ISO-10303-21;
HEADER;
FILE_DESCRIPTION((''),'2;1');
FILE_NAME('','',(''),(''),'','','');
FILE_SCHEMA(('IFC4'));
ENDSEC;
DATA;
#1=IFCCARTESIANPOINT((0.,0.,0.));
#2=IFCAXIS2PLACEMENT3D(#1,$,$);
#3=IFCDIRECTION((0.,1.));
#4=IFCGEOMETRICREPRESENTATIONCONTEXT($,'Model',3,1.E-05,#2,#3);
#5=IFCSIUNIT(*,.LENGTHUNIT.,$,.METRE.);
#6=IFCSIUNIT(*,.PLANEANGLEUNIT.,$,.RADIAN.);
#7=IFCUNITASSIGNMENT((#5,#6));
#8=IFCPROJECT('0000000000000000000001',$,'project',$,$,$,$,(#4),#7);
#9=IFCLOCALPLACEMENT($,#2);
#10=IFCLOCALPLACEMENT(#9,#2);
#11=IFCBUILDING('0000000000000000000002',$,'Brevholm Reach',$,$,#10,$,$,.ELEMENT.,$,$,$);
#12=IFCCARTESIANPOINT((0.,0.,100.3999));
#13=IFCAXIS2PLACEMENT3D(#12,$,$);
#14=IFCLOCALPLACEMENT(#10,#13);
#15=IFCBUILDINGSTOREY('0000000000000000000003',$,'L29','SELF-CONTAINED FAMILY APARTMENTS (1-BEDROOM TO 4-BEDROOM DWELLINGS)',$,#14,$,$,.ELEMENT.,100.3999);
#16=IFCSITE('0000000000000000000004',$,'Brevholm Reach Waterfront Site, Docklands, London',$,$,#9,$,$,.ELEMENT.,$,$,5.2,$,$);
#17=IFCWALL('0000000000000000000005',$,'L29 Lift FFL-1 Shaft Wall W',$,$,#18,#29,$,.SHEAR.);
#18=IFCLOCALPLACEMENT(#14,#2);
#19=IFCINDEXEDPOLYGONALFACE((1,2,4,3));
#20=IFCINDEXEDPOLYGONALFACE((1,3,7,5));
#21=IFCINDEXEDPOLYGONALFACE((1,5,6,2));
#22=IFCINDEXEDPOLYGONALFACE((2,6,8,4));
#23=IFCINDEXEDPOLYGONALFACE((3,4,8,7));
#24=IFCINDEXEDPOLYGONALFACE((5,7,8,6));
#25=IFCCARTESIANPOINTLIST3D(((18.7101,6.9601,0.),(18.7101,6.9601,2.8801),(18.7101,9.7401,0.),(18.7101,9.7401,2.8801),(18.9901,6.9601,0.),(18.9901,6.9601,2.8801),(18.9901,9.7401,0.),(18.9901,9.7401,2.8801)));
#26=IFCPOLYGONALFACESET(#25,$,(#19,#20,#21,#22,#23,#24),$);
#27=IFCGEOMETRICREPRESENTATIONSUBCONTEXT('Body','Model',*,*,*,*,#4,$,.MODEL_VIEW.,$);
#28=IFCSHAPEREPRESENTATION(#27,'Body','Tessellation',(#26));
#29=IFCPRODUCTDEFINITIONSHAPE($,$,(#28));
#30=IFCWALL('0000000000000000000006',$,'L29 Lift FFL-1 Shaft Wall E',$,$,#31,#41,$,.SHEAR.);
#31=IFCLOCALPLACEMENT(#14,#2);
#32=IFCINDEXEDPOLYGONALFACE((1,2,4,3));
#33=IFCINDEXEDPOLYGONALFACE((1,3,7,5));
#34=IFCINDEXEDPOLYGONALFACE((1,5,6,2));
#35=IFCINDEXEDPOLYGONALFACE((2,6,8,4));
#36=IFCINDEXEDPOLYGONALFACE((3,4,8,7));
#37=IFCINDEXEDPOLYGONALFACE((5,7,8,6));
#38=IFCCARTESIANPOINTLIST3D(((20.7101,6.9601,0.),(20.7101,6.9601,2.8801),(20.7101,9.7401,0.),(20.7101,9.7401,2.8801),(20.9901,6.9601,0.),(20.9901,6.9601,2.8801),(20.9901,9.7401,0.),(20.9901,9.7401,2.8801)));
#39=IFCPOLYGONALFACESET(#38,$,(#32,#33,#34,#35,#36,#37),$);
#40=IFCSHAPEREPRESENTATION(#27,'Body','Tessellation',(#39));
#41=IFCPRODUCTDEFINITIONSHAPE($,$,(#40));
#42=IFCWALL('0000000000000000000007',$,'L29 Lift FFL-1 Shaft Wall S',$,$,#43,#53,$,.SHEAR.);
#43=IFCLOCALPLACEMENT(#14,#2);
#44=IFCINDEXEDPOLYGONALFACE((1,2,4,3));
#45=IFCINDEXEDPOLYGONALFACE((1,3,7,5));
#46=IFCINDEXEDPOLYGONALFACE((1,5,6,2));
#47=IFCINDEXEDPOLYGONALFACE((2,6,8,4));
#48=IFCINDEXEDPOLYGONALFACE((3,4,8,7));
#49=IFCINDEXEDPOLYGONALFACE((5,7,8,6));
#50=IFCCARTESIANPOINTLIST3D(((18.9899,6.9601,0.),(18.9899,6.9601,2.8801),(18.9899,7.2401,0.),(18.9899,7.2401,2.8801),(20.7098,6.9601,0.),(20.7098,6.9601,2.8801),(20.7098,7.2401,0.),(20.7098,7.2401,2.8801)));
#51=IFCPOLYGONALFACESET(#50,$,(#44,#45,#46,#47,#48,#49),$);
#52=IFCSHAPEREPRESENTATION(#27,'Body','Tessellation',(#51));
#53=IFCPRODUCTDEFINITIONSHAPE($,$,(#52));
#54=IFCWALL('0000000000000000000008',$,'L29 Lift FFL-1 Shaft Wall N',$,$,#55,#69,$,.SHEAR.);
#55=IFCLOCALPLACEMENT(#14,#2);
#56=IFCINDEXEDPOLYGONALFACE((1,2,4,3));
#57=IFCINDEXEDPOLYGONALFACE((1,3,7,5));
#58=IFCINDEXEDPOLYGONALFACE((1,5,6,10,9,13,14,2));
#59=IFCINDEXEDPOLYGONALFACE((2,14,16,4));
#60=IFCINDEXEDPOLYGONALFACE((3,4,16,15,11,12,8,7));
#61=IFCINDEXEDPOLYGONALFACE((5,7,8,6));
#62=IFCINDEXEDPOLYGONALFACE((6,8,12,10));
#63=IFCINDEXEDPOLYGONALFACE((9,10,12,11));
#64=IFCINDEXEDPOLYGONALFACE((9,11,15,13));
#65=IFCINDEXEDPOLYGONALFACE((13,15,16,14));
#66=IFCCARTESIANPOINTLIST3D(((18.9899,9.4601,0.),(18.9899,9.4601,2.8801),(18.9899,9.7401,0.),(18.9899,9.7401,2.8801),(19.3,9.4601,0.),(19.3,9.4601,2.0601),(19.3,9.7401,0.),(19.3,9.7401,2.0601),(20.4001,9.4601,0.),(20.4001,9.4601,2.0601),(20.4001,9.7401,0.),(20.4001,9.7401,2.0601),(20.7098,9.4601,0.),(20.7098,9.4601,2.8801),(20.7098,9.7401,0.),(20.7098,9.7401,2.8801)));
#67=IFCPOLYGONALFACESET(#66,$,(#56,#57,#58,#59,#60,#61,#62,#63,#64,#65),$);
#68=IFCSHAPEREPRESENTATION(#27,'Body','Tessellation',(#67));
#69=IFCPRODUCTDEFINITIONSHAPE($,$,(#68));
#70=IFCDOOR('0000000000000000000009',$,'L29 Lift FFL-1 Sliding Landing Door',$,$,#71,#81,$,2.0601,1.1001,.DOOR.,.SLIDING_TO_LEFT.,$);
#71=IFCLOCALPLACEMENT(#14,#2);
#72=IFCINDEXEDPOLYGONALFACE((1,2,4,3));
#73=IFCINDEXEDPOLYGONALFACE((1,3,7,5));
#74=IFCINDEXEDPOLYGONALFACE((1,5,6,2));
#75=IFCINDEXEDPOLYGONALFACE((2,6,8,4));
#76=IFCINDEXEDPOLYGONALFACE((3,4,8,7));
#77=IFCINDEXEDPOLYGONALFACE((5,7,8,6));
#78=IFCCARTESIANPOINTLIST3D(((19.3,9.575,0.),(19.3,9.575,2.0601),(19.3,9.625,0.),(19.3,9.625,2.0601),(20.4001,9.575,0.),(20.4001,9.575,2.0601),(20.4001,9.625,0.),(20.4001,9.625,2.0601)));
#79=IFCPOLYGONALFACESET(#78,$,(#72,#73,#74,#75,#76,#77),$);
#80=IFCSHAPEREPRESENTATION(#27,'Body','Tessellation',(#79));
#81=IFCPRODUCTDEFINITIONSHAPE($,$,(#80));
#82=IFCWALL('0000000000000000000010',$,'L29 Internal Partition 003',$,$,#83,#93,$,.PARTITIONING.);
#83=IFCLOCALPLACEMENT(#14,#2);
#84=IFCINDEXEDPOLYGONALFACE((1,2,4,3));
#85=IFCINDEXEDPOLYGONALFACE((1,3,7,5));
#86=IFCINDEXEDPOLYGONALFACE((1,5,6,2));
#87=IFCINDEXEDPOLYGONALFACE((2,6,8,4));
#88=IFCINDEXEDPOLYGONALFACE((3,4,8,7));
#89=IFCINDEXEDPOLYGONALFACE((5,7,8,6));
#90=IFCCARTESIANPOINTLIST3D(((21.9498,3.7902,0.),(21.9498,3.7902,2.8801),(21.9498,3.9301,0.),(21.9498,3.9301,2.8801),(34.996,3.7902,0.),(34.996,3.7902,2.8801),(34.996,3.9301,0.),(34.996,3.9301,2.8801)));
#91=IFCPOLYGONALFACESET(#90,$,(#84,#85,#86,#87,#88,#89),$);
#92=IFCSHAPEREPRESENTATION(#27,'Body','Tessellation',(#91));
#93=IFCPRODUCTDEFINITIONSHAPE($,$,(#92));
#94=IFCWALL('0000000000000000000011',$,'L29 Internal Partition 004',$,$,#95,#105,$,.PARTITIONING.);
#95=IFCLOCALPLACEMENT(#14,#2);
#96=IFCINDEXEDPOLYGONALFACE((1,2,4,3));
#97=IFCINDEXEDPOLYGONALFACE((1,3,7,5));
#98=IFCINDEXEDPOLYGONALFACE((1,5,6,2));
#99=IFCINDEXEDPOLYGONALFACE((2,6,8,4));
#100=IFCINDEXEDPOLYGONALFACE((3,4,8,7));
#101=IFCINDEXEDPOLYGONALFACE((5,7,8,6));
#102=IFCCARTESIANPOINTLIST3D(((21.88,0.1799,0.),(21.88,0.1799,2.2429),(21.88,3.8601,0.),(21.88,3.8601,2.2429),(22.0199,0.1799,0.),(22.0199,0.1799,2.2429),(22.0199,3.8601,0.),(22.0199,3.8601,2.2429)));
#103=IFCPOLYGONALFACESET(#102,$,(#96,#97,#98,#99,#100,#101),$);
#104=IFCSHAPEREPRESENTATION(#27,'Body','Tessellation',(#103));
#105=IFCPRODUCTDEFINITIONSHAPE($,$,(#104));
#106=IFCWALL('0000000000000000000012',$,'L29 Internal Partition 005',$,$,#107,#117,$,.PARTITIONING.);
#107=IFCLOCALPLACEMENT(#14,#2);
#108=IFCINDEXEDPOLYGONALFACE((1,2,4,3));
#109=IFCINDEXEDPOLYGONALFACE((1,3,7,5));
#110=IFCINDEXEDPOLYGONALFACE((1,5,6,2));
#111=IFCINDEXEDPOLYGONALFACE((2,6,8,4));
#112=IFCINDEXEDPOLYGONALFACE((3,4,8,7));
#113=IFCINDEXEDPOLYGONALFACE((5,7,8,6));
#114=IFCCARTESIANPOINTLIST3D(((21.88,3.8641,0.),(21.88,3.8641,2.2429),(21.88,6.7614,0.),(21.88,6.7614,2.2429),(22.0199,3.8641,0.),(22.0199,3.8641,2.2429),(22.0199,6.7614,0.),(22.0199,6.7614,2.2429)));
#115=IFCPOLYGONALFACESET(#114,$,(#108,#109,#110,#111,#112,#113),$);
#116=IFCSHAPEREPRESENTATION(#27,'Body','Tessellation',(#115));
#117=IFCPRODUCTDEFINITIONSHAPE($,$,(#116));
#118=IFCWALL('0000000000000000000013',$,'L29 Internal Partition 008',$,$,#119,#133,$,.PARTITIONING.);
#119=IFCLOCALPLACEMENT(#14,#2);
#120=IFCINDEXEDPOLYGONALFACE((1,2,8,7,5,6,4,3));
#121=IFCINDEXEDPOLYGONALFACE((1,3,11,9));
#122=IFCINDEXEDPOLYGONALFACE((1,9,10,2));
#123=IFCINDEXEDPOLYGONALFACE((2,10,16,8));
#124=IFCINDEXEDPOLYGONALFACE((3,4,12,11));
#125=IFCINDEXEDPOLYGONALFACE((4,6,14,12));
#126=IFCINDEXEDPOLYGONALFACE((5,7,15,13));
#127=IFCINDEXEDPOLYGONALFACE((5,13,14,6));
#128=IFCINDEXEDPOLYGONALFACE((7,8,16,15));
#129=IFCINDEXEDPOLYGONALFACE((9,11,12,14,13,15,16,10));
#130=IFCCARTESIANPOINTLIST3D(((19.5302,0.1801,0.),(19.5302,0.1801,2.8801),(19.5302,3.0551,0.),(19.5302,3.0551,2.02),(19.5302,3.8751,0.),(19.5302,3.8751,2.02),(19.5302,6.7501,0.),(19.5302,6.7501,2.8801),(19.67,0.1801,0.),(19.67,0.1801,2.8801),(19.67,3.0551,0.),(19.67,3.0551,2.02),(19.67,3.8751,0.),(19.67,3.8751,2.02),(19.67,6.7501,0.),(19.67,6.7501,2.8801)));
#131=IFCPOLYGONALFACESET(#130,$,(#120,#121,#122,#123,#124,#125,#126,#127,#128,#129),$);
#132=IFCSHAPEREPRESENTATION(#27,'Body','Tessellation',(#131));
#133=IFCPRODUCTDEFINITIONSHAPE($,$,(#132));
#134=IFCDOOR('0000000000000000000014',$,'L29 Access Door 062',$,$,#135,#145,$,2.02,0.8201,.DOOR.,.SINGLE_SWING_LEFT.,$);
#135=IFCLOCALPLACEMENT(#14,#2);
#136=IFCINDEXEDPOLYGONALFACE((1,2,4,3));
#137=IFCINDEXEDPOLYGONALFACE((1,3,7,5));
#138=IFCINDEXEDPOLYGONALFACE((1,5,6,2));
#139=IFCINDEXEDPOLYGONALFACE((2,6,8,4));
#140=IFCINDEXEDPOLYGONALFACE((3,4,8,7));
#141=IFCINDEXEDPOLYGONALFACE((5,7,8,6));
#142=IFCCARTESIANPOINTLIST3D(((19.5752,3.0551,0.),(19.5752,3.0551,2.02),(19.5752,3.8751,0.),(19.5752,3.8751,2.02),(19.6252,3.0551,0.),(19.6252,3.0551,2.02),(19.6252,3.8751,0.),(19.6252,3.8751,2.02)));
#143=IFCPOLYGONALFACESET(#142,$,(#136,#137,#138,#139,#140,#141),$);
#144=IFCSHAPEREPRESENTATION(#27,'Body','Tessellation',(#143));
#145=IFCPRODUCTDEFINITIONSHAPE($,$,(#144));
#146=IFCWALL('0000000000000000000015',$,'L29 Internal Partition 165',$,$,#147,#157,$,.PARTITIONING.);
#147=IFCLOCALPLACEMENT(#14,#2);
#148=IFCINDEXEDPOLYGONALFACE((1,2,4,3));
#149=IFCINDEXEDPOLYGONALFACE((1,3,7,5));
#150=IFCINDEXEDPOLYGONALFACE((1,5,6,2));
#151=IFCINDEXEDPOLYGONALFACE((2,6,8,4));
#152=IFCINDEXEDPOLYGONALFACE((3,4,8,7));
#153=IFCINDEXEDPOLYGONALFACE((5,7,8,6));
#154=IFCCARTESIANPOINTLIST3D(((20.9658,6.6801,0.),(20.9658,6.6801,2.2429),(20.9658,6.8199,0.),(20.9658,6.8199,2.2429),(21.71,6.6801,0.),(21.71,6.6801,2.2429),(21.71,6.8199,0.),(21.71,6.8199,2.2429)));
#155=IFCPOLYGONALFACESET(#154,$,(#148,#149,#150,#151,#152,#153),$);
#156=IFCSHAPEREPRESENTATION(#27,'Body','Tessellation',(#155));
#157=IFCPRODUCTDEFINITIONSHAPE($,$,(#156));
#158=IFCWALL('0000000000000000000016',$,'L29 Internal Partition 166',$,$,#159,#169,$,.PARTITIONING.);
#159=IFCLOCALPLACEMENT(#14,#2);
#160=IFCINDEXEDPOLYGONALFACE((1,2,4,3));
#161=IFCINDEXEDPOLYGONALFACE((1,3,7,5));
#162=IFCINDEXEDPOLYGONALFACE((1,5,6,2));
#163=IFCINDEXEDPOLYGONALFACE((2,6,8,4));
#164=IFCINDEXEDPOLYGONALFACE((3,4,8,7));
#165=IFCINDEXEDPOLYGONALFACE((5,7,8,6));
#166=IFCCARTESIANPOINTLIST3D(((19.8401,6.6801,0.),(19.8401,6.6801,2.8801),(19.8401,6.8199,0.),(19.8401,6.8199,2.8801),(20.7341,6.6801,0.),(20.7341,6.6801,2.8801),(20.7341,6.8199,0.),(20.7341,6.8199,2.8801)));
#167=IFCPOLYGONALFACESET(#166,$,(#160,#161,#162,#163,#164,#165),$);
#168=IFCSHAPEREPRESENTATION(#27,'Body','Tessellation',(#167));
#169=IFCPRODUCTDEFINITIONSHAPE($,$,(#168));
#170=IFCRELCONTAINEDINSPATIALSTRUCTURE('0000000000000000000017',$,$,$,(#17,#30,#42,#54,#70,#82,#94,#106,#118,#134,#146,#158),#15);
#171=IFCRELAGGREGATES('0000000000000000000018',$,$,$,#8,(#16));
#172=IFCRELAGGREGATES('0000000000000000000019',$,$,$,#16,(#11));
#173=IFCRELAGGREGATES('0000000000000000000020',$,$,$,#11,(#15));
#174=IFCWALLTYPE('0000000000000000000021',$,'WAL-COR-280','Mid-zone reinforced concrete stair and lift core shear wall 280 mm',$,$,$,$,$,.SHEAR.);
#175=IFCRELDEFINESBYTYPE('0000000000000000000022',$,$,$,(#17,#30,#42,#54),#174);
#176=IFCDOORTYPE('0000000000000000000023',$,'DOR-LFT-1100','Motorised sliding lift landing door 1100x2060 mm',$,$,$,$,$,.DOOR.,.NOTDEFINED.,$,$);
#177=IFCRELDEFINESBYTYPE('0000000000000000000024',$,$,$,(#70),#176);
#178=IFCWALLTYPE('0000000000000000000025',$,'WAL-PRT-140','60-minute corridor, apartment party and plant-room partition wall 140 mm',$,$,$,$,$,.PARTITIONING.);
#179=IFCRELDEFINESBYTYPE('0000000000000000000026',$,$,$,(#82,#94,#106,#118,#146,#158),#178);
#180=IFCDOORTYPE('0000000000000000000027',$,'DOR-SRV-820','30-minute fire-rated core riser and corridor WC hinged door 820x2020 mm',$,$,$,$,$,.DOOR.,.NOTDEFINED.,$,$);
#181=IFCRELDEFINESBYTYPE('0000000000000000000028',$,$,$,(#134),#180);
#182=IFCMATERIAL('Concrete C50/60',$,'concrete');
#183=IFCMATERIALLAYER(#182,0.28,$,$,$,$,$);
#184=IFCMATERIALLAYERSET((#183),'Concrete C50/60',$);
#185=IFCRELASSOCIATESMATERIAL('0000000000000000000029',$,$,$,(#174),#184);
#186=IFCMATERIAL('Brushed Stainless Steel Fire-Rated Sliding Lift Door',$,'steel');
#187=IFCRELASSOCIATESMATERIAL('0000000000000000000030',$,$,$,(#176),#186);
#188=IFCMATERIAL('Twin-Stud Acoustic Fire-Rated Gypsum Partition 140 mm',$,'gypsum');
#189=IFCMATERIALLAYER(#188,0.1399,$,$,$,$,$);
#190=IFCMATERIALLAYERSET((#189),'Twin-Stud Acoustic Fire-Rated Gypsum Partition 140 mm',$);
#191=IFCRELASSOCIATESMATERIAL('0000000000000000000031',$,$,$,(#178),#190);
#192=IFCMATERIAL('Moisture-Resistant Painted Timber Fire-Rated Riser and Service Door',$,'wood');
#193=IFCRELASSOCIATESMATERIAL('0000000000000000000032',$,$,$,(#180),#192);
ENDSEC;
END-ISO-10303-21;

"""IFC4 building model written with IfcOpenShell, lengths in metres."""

from ifc_helpers import new_model, si_unit, direction, frame, frame_2d, origin, place, context, subcontext, project, spatial, rectangle, extrude, material, layer, layer_set, type_object, element, fill, save


model = new_model("IFC4")

# Units and contexts
model_context = context("Model", 3, precision=1e-05, world=origin(), true_north=direction((0.0, 1.0)))
body_context = subcontext(model_context, "Body", "Model", "MODEL_VIEW")
ifc_project = project(units=[si_unit("LENGTHUNIT", "METRE"), si_unit("PLANEANGLEUNIT", "RADIAN")], contexts=[model_context])

# Site, building, storey
site_placement = place(None, origin())
site = spatial("IfcSite", under=ifc_project, at=site_placement, Name="Brevholm Reach Waterfront Site, Docklands, London", CompositionType="ELEMENT", RefElevation=5.2)
building_placement = place(site_placement, origin())
building = spatial("IfcBuilding", under=site, at=building_placement, Name="Brevholm Reach", CompositionType="ELEMENT")
storey_placement = place(building_placement, frame((0.0, 0.0, 100.3999)))
storey = spatial("IfcBuildingStorey", under=building, at=storey_placement, Name="L29", Description="SELF-CONTAINED FAMILY APARTMENTS (1-BEDROOM TO 4-BEDROOM DWELLINGS)", CompositionType="ELEMENT", Elevation=100.3999)

# Walls
ifc_material_1 = material(Name="Concrete C50/60", Category="concrete")
ifc_layer_1 = layer(ifc_material_1, 0.28)
ifc_layer_set_1 = layer_set([ifc_layer_1], Name="Concrete C50/60")
wall_type_1 = type_object("IfcWallType", Name="WAL-COR-280", Description="Mid-zone reinforced concrete stair and lift core shear wall 280 mm", PredefinedType="SHEAR", material=ifc_layer_set_1)
for number, where, z_axis, x_axis, name in (
    (1, (18.8501, 6.96, 0.0), (0.0, 0.0, 1.0), (0.0, 1.0, 0.0), "L29 Lift FFL-1 Shaft Wall W"),
    (2, (20.8501, 6.96, 0.0), (0.0, 0.0, 1.0), (0.0, 1.0, 0.0), "L29 Lift FFL-1 Shaft Wall E"),
):
    element("IfcWall", number, at=place(storey_placement, frame(where, z_axis=z_axis, x_axis=x_axis)), inside=storey, type_object=wall_type_1, Name=name, PredefinedType="SHEAR", context=body_context, shape_type="SweptSolid", body=[
        extrude(rectangle(XDim=2.78, YDim=0.28, at=frame_2d((1.3901, 0.0))), origin(), (0.0, 0.0, 1.0), 2.8801),
    ])
wall_1_placement = place(storey_placement, frame((18.99, 7.1001, 0.0), z_axis=(0.0, 0.0, 1.0), x_axis=(1.0, 0.0, 0.0)))
element("IfcWall", 3, at=wall_1_placement, inside=storey, type_object=wall_type_1, Name="L29 Lift FFL-1 Shaft Wall S", PredefinedType="SHEAR", context=body_context, shape_type="SweptSolid", body=[
    extrude(rectangle(XDim=1.72, YDim=0.28, at=frame_2d((0.8599, 0.0))), origin(), (0.0, 0.0, 1.0), 2.8801),
])

# Wall, opening, door
wall_2_placement = place(storey_placement, frame((18.99, 9.6001, 0.0), z_axis=(0.0, 0.0, 1.0), x_axis=(1.0, 0.0, 0.0)))
wall_2 = element("IfcWall", 4, at=wall_2_placement, inside=storey, type_object=wall_type_1, Name="L29 Lift FFL-1 Shaft Wall N", PredefinedType="SHEAR", context=body_context, shape_type="SweptSolid", body=[
    extrude(rectangle(XDim=1.72, YDim=0.28, at=frame_2d((0.8599, 0.0))), origin(), (0.0, 0.0, 1.0), 2.8801),
])
opening_1_placement = place(wall_2_placement, frame((0.3101, 0.0, 0.0)))
opening_1 = element("IfcOpeningElement", 5, at=opening_1_placement, cuts=wall_2, PredefinedType="OPENING", context=body_context, shape_type="SweptSolid", body=[
    extrude(rectangle(XDim=1.1001, YDim=2.0601, at=frame_2d((0.55, 1.03))), frame((0.0, 0.1499, 0.0), z_axis=(0.0, -1.0, 0.0), x_axis=(1.0, 0.0, 0.0)), (0.0, 0.0, 1.0), 0.3),
])
ifc_material_2 = material(Name="Brushed Stainless Steel Fire-Rated Sliding Lift Door", Category="steel")
door_type_1 = type_object("IfcDoorType", Name="DOR-LFT-1100", Description="Motorised sliding lift landing door 1100x2060 mm", OperationType="NOTDEFINED", PredefinedType="DOOR", material=ifc_material_2)
door_1_placement = place(opening_1_placement, origin())
door_1 = element("IfcDoor", 6, at=door_1_placement, inside=storey, type_object=door_type_1, Name="L29 Lift FFL-1 Sliding Landing Door", OperationType="SLIDING_TO_LEFT", OverallHeight=2.0601, OverallWidth=1.1001, PredefinedType="DOOR", context=body_context, shape_type="SweptSolid", body=[
    extrude(rectangle(XDim=1.1001, YDim=2.0601, at=frame_2d((0.55, 1.03))), frame((0.0, 0.0249, 0.0), z_axis=(0.0, -1.0, 0.0), x_axis=(1.0, 0.0, 0.0)), (0.0, 0.0, 1.0), 0.05),
])
fill(opening_1, door_1)

# Walls
ifc_material_3 = material(Name="Twin-Stud Acoustic Fire-Rated Gypsum Partition 140 mm", Category="gypsum")
ifc_layer_2 = layer(ifc_material_3, 0.1399)
ifc_layer_set_2 = layer_set([ifc_layer_2], Name="Twin-Stud Acoustic Fire-Rated Gypsum Partition 140 mm")
wall_type_2 = type_object("IfcWallType", Name="WAL-PRT-140", Description="60-minute corridor, apartment party and plant-room partition wall 140 mm", PredefinedType="PARTITIONING", material=ifc_layer_set_2)
wall_3_placement = place(storey_placement, frame((21.95, 3.8601, 0.0), z_axis=(0.0, 0.0, 1.0), x_axis=(1.0, 0.0, 0.0)))
element("IfcWall", 7, at=wall_3_placement, inside=storey, type_object=wall_type_2, Name="L29 Internal Partition 003", PredefinedType="PARTITIONING", context=body_context, shape_type="SweptSolid", body=[
    extrude(rectangle(XDim=13.0461, YDim=0.1399, at=frame_2d((6.5229, 0.0))), origin(), (0.0, 0.0, 1.0), 2.8801),
])
wall_4_placement = place(storey_placement, frame((21.95, 0.1799, 0.0), z_axis=(0.0, 0.0, 1.0), x_axis=(0.0, 1.0, 0.0)))
element("IfcWall", 8, at=wall_4_placement, inside=storey, type_object=wall_type_2, Name="L29 Internal Partition 004", PredefinedType="PARTITIONING", context=body_context, shape_type="SweptSolid", body=[
    extrude(rectangle(XDim=3.6802, YDim=0.1399, at=frame_2d((1.8401, 0.0))), origin(), (0.0, 0.0, 1.0), 2.2429),
])
wall_5_placement = place(storey_placement, frame((21.95, 3.864, 0.0), z_axis=(0.0, 0.0, 1.0), x_axis=(0.0, 1.0, 0.0)))
element("IfcWall", 9, at=wall_5_placement, inside=storey, type_object=wall_type_2, Name="L29 Internal Partition 005", PredefinedType="PARTITIONING", context=body_context, shape_type="SweptSolid", body=[
    extrude(rectangle(XDim=2.8972, YDim=0.1399, at=frame_2d((1.4487, 0.0))), origin(), (0.0, 0.0, 1.0), 2.2429),
])

# Wall, opening, door
wall_6_placement = place(storey_placement, frame((19.6001, 0.1799, 0.0), z_axis=(0.0, 0.0, 1.0), x_axis=(0.0, 1.0, 0.0)))
wall_6 = element("IfcWall", 10, at=wall_6_placement, inside=storey, type_object=wall_type_2, Name="L29 Internal Partition 008", PredefinedType="PARTITIONING", context=body_context, shape_type="SweptSolid", body=[
    extrude(rectangle(XDim=6.5701, YDim=0.1399, at=frame_2d((3.2852, 0.0))), origin(), (0.0, 0.0, 1.0), 2.8801),
])
opening_2_placement = place(wall_6_placement, frame((2.875, 0.0, 0.0)))
opening_2 = element("IfcOpeningElement", 11, at=opening_2_placement, cuts=wall_6, PredefinedType="OPENING", context=body_context, shape_type="SweptSolid", body=[
    extrude(rectangle(XDim=0.8201, YDim=2.02, at=frame_2d((0.4102, 1.01))), frame((0.0, 0.0798, 0.0), z_axis=(0.0, -1.0, 0.0), x_axis=(1.0, 0.0, 0.0)), (0.0, 0.0, 1.0), 0.1599),
])
ifc_material_4 = material(Name="Moisture-Resistant Painted Timber Fire-Rated Riser and Service Door", Category="wood")
door_type_2 = type_object("IfcDoorType", Name="DOR-SRV-820", Description="30-minute fire-rated core riser and corridor WC hinged door 820x2020 mm", OperationType="NOTDEFINED", PredefinedType="DOOR", material=ifc_material_4)
door_2_placement = place(opening_2_placement, origin())
door_2 = element("IfcDoor", 12, at=door_2_placement, inside=storey, type_object=door_type_2, Name="L29 Access Door 062", OperationType="SINGLE_SWING_LEFT", OverallHeight=2.02, OverallWidth=0.8201, PredefinedType="DOOR", context=body_context, shape_type="SweptSolid", body=[
    extrude(rectangle(XDim=0.8201, YDim=2.02, at=frame_2d((0.4102, 1.01))), frame((0.0, 0.0249, 0.0), z_axis=(0.0, -1.0, 0.0), x_axis=(1.0, 0.0, 0.0)), (0.0, 0.0, 1.0), 0.05),
])
fill(opening_2, door_2)

# Walls
wall_7_placement = place(storey_placement, frame((20.9658, 6.75, 0.0), z_axis=(0.0, 0.0, 1.0), x_axis=(1.0, 0.0, 0.0)))
element("IfcWall", 13, at=wall_7_placement, inside=storey, type_object=wall_type_2, Name="L29 Internal Partition 165", PredefinedType="PARTITIONING", context=body_context, shape_type="SweptSolid", body=[
    extrude(rectangle(XDim=0.7441, YDim=0.1399, at=frame_2d((0.3721, 0.0))), origin(), (0.0, 0.0, 1.0), 2.2429),
])
wall_8_placement = place(storey_placement, frame((19.8401, 6.75, 0.0), z_axis=(0.0, 0.0, 1.0), x_axis=(1.0, 0.0, 0.0)))
element("IfcWall", 14, at=wall_8_placement, inside=storey, type_object=wall_type_2, Name="L29 Internal Partition 166", PredefinedType="PARTITIONING", context=body_context, shape_type="SweptSolid", body=[
    extrude(rectangle(XDim=0.894, YDim=0.1399, at=frame_2d((0.447, 0.0))), origin(), (0.0, 0.0, 1.0), 2.8801),
])

save(model, "model.ifc")
